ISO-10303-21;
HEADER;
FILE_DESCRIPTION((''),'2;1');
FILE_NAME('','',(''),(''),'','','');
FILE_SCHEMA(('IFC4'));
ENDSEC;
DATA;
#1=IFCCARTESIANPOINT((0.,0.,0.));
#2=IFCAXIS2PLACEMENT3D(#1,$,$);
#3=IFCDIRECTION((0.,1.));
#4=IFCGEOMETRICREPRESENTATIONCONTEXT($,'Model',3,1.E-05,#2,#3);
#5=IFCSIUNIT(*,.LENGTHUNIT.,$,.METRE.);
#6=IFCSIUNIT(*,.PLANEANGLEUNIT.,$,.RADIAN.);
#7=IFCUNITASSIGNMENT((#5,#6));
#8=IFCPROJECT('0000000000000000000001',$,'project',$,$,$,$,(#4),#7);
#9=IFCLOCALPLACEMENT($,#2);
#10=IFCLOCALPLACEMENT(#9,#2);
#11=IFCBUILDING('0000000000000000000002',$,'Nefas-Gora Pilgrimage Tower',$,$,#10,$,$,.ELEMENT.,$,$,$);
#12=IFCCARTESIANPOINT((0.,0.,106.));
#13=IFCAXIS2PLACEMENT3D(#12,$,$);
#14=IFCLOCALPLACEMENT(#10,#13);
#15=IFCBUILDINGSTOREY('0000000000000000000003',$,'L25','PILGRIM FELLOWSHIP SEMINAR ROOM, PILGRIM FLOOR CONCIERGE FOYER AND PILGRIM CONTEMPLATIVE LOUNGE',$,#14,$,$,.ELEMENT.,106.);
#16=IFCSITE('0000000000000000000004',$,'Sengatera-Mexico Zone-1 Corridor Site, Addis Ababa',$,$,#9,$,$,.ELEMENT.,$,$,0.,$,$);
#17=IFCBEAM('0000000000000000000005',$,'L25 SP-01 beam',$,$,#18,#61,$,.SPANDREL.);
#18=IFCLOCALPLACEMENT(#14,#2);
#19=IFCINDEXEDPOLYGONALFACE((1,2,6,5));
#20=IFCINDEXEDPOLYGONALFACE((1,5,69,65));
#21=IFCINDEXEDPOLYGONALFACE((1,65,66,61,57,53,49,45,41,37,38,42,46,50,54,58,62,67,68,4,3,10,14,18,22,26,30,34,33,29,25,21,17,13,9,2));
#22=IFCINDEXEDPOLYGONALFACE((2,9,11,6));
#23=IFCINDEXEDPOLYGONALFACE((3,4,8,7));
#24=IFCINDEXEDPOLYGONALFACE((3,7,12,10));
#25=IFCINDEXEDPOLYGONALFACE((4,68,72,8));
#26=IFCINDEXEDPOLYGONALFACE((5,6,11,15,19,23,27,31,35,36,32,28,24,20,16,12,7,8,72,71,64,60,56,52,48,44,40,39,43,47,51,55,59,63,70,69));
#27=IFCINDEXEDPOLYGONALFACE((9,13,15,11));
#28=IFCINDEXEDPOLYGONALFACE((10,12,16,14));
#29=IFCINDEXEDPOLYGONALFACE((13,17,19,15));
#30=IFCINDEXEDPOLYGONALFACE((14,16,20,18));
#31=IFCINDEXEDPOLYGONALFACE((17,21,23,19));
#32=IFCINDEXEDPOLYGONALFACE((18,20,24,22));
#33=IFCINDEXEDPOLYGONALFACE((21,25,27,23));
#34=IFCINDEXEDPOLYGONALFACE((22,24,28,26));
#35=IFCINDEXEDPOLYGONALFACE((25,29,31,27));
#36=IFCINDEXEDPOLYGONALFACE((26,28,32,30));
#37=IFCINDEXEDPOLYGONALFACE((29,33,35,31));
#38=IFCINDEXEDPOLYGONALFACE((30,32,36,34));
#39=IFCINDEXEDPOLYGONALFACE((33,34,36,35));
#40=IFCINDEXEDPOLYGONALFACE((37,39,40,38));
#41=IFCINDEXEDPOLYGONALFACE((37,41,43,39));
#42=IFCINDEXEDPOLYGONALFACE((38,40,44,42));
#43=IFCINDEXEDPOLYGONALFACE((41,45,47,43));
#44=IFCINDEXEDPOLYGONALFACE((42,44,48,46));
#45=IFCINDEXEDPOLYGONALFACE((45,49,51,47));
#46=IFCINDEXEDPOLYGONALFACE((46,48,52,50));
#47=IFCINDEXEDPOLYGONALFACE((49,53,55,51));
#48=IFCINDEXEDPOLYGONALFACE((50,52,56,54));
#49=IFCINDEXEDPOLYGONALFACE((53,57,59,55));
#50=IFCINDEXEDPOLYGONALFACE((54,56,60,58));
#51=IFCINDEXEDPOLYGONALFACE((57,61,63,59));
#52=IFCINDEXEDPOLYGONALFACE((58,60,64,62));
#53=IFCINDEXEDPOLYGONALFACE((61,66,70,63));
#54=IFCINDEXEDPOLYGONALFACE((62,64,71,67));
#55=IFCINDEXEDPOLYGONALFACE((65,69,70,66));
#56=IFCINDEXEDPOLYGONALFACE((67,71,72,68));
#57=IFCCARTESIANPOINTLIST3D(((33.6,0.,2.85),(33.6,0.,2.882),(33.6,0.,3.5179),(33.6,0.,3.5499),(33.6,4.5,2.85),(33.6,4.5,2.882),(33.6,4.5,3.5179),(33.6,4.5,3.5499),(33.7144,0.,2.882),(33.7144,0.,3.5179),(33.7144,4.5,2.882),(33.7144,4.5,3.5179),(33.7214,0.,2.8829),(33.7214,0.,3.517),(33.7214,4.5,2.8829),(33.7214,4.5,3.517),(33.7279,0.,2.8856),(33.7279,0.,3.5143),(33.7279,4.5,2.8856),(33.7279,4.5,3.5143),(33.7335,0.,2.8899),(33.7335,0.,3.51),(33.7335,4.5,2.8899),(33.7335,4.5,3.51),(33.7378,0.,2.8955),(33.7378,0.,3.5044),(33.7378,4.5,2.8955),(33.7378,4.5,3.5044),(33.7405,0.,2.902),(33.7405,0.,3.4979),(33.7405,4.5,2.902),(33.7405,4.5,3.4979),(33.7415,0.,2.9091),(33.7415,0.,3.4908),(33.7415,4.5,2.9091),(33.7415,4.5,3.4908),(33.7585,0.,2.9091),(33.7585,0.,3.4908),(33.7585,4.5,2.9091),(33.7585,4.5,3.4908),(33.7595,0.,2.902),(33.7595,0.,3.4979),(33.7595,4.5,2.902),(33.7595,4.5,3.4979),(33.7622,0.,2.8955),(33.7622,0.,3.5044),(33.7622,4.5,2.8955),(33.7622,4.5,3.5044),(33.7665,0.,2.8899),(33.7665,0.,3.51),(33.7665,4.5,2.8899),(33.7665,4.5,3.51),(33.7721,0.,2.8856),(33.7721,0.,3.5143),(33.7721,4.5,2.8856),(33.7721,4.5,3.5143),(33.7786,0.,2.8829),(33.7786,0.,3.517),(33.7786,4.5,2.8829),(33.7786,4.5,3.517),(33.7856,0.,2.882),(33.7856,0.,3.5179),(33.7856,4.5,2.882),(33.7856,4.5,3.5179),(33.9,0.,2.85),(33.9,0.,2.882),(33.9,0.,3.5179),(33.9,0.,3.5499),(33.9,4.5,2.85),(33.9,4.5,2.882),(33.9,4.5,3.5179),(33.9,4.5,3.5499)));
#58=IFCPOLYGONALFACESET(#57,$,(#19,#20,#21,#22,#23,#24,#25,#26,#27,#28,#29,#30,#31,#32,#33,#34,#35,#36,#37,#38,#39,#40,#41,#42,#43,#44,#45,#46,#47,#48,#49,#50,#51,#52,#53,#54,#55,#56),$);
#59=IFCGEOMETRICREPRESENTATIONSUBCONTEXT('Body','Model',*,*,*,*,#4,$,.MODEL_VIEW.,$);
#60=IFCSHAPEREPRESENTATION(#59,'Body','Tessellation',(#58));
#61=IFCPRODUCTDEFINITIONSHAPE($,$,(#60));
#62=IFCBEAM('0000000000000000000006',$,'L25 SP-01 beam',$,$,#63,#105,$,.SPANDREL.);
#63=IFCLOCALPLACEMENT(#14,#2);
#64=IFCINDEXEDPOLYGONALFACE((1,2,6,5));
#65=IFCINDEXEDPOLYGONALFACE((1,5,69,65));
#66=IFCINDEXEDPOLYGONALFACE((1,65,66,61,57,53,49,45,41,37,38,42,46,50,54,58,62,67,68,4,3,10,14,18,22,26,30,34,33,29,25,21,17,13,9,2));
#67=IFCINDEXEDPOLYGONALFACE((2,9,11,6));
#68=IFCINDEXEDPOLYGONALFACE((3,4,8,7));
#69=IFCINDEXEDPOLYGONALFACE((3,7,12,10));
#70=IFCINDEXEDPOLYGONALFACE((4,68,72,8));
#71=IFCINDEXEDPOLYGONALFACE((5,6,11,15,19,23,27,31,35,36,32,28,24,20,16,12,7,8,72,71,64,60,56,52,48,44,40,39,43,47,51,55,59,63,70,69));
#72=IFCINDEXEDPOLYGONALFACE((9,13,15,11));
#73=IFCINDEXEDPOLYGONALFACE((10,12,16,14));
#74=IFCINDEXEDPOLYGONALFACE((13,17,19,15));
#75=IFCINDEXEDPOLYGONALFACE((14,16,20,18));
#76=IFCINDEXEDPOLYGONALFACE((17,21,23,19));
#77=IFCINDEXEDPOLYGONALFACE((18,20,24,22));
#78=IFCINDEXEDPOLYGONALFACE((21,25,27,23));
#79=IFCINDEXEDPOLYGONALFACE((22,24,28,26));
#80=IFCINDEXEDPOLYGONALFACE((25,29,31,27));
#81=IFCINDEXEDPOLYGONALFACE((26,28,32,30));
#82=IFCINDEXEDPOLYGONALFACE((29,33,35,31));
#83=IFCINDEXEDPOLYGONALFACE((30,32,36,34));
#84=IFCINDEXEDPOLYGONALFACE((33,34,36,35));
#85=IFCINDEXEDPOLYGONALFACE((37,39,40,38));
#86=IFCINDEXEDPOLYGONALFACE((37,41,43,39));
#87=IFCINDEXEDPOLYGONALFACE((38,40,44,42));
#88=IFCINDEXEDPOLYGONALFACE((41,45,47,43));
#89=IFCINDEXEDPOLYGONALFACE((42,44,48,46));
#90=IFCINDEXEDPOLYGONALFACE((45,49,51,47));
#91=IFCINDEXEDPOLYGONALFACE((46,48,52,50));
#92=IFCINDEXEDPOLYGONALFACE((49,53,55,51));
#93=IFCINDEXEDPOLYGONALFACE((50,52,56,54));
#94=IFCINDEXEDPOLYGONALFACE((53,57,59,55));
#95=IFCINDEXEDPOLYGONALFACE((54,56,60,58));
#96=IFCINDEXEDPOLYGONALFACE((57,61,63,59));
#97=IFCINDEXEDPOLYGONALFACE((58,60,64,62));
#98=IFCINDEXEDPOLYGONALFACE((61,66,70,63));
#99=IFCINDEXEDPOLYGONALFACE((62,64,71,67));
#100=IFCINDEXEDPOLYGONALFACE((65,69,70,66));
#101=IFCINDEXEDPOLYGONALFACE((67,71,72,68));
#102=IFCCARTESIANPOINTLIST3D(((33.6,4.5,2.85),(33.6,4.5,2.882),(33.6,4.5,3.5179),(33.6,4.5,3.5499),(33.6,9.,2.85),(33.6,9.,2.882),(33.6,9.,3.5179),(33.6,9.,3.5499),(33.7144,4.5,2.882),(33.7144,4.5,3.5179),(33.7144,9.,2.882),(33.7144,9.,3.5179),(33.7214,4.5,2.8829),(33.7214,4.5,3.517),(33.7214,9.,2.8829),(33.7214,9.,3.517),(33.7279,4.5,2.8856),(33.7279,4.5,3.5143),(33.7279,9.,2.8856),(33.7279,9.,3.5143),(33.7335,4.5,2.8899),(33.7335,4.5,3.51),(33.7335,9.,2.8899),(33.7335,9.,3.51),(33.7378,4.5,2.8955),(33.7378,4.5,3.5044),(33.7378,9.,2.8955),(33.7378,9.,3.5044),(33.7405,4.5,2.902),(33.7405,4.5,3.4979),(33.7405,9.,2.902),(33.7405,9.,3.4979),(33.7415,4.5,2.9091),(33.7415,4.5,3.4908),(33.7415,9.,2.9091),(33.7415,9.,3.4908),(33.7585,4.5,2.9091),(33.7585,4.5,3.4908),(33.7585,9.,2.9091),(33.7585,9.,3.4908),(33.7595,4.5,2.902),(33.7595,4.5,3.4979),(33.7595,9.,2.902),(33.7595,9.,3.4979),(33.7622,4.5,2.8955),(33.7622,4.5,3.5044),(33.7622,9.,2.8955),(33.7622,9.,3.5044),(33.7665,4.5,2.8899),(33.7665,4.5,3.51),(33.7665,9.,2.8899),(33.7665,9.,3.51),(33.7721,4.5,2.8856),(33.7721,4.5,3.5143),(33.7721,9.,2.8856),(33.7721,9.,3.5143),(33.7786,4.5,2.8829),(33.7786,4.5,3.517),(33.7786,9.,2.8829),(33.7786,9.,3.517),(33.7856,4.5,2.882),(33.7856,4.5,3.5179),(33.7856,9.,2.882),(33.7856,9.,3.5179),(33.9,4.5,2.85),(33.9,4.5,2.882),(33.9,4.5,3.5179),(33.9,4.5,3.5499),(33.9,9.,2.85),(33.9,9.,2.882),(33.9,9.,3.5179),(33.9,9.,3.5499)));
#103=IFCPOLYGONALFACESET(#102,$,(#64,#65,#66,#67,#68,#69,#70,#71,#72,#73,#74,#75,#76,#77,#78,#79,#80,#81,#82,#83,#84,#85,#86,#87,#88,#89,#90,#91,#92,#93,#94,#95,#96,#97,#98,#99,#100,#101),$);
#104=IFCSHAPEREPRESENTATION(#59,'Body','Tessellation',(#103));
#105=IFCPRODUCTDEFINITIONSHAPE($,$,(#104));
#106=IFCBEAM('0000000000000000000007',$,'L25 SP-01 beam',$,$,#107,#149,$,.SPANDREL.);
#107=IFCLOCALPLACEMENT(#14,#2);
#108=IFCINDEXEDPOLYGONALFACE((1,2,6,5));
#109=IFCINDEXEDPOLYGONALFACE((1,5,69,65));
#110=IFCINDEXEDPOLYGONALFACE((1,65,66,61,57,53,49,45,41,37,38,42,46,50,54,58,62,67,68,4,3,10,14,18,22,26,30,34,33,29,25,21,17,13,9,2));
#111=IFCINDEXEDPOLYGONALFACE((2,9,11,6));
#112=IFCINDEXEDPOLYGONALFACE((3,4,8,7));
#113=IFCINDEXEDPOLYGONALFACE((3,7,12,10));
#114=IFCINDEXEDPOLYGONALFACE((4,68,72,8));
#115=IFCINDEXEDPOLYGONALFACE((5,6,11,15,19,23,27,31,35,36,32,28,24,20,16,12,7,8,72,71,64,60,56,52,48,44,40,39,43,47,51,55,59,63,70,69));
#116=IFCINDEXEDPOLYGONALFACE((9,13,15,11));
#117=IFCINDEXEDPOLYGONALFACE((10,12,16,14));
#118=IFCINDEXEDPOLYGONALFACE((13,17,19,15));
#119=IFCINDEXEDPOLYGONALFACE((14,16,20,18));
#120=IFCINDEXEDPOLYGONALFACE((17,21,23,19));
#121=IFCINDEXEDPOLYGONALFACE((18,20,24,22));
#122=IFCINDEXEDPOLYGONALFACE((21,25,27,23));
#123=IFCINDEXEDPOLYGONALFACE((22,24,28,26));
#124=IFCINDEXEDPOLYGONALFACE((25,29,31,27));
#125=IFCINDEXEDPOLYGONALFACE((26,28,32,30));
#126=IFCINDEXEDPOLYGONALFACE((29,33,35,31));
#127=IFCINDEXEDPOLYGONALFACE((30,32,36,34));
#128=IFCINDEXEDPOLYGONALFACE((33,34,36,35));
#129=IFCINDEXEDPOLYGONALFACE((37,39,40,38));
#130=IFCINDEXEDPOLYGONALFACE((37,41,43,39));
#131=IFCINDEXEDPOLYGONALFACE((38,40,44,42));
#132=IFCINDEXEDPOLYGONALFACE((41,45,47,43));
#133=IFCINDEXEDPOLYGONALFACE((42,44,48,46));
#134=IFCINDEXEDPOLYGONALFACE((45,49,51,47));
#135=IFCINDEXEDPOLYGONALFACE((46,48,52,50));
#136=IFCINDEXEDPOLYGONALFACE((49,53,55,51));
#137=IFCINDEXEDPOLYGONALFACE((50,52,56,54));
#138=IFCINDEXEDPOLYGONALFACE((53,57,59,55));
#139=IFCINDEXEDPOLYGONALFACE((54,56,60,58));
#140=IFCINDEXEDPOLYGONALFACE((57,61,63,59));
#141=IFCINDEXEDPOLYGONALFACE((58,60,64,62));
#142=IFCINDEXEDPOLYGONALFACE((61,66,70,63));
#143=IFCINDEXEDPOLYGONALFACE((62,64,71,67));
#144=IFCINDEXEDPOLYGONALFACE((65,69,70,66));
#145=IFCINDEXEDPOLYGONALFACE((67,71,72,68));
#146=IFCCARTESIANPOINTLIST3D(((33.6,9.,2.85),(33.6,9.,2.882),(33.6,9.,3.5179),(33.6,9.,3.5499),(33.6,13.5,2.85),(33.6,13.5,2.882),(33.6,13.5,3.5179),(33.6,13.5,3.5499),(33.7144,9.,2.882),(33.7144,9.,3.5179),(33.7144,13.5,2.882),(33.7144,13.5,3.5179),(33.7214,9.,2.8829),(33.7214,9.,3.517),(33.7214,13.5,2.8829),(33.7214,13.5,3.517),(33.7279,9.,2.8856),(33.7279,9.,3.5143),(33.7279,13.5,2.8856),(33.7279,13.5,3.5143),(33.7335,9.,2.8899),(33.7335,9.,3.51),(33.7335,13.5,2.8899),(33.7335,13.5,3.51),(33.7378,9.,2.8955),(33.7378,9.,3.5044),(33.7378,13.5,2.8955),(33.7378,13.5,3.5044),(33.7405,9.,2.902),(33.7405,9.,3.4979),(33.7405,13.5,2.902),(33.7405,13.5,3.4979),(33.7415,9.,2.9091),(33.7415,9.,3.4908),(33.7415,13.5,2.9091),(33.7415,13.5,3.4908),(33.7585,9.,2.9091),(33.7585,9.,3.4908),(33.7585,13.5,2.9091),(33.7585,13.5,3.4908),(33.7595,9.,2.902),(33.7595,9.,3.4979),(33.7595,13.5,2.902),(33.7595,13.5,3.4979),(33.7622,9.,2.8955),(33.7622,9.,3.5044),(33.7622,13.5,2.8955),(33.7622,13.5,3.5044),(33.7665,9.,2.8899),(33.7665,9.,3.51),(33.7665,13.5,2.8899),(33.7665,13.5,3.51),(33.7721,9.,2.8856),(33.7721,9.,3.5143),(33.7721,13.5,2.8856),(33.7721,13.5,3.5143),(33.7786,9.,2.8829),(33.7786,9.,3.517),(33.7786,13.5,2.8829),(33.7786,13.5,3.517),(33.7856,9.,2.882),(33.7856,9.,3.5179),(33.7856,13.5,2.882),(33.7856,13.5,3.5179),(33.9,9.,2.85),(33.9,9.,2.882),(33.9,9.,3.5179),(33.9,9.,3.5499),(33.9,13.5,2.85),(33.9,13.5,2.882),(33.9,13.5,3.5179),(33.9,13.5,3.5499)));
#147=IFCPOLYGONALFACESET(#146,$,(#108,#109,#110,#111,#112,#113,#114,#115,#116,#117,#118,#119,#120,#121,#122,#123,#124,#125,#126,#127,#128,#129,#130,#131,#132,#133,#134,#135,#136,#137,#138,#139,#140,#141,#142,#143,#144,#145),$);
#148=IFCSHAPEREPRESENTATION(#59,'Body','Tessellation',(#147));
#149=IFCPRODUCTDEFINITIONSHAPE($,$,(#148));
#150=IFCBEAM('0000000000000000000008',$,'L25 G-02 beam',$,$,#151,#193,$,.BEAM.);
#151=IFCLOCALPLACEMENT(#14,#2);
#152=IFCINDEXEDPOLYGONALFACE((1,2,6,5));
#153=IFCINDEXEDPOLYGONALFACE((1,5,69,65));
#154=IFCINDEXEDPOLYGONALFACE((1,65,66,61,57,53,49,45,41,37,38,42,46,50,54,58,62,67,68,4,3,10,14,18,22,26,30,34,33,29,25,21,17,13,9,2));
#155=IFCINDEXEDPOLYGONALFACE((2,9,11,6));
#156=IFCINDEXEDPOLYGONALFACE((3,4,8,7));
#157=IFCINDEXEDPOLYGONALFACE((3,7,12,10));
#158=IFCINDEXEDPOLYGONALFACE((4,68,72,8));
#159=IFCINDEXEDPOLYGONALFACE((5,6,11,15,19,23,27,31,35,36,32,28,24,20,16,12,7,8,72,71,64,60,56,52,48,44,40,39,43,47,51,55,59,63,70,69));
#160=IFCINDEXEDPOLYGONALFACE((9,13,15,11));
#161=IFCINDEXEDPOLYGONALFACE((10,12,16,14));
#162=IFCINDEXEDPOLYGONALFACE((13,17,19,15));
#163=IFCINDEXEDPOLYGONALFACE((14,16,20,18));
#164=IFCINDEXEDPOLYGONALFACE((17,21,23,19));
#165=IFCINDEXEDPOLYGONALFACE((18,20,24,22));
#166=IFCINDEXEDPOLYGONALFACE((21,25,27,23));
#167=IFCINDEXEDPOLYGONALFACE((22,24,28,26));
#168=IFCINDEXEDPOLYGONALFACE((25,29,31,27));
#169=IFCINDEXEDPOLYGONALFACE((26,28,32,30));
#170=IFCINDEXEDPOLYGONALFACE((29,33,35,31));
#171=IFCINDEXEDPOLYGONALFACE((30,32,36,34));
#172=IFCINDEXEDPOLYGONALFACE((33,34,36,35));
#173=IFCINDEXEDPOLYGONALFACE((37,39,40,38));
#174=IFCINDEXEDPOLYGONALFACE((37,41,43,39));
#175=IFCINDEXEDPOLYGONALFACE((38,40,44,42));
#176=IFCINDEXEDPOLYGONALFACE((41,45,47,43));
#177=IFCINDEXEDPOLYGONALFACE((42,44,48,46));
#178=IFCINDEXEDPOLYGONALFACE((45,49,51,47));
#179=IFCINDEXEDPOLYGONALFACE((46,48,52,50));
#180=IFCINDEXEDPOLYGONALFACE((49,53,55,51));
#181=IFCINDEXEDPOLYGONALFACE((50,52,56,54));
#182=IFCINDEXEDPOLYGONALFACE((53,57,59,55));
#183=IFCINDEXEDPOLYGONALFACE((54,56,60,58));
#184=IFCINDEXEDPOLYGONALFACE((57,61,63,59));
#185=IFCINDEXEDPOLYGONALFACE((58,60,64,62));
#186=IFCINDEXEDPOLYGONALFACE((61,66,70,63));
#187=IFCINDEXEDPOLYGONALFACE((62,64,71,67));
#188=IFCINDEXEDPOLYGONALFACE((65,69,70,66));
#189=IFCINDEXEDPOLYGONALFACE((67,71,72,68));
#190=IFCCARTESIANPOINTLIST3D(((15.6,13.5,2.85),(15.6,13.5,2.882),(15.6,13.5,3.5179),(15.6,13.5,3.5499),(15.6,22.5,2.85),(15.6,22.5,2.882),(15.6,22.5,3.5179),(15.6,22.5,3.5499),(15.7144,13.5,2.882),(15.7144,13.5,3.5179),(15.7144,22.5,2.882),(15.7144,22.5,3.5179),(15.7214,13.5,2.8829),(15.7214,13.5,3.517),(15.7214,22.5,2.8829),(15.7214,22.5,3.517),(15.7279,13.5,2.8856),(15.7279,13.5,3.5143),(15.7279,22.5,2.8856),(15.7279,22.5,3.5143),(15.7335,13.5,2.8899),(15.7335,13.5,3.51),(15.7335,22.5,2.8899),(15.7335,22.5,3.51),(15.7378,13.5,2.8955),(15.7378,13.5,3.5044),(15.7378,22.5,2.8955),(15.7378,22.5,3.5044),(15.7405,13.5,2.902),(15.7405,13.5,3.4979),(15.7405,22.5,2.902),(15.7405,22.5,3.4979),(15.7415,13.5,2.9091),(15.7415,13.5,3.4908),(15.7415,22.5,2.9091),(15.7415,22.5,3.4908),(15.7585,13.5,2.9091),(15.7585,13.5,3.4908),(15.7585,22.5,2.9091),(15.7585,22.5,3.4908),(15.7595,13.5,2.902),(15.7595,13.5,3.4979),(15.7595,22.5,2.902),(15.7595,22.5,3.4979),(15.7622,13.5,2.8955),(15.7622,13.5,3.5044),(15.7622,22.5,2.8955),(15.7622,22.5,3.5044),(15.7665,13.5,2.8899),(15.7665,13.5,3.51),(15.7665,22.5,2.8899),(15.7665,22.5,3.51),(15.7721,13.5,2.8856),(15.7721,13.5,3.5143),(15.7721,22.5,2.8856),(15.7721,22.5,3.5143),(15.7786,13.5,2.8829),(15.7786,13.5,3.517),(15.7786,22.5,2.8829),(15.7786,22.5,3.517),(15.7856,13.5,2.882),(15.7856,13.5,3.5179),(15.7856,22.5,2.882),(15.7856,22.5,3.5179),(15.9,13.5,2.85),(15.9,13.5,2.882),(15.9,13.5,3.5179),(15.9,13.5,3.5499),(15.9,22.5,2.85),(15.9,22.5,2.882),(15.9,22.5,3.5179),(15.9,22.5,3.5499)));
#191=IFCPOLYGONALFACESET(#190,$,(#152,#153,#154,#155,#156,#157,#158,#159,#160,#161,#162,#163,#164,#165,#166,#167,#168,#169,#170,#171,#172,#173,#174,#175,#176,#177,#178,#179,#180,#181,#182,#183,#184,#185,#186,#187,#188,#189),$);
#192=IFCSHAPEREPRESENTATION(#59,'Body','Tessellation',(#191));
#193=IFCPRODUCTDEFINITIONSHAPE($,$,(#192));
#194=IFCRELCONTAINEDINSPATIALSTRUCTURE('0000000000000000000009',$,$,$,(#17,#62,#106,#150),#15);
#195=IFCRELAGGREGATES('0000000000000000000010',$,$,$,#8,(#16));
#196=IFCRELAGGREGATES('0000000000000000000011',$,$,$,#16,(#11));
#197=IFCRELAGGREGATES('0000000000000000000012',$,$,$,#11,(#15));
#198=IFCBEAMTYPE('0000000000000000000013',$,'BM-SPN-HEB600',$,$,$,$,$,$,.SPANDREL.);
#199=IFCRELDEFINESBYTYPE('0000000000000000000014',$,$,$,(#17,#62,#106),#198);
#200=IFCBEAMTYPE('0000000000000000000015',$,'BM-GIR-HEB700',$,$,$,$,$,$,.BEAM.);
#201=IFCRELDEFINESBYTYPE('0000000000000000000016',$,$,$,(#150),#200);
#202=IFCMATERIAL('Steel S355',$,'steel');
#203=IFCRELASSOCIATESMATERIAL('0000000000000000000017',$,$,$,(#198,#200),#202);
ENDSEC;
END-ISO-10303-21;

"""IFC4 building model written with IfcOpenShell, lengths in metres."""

from ifc_helpers import new_model, si_unit, direction, frame, origin, origin_2d, place, context, subcontext, project, spatial, i_section, extrude, source, transform, mapped, material, material_profile, profile_set, type_object, element, save


model = new_model("IFC4")

# Units and contexts
model_context = context("Model", 3, precision=1e-05, world=origin(), true_north=direction((0.0, 1.0)))
body_context = subcontext(model_context, "Body", "Model", "MODEL_VIEW")
ifc_project = project(units=[si_unit("LENGTHUNIT", "METRE"), si_unit("PLANEANGLEUNIT", "RADIAN")], contexts=[model_context])

# Site, building, storey
site_placement = place(None, origin())
site = spatial("IfcSite", under=ifc_project, at=site_placement, Name="Sengatera-Mexico Zone-1 Corridor Site, Addis Ababa", CompositionType="ELEMENT", RefElevation=0.0)
building_placement = place(site_placement, origin())
building = spatial("IfcBuilding", under=site, at=building_placement, Name="Nefas-Gora Pilgrimage Tower", CompositionType="ELEMENT")
storey_placement = place(building_placement, frame((0.0, 0.0, 106.0)))
storey = spatial("IfcBuildingStorey", under=building, at=storey_placement, Name="L25", Description="PILGRIM FELLOWSHIP SEMINAR ROOM, PILGRIM FLOOR CONCIERGE FOYER AND PILGRIM CONTEMPLATIVE LOUNGE", CompositionType="ELEMENT", Elevation=106.0)

# Beams
ifc_material_1 = material(Name="Steel S355", Category="steel")
ifc_material_profile_1 = material_profile(ifc_material_1, i_section(OverallWidth=0.3, OverallDepth=0.7, WebThickness=0.0171, FlangeThickness=0.032, FilletRadius=0.0271, at=origin_2d()), Name="HEB 700")
ifc_profile_set_1 = profile_set([ifc_material_profile_1], Name="Steel S355")
beam_type_1 = type_object("IfcBeamType", Name="BM-SPN-HEB600", PredefinedType="SPANDREL", material=ifc_profile_set_1)
shared_shape_1 = source(origin(), body_context, "Body", "SweptSolid", [
    extrude(i_section(OverallWidth=0.3, OverallDepth=0.7, WebThickness=0.0171, FlangeThickness=0.032, FilletRadius=0.0271, at=origin_2d()), origin(), (0.0, 0.0, 1.0), 4.5),
])
for number, where, z_axis, x_axis, name in (
    (1, (33.75, 0.0, 3.2), (0.0, 1.0, 0.0), (-1.0, 0.0, 0.0), "L25 SP-01 beam"),
    (2, (33.75, 4.5, 3.2), (0.0, 1.0, 0.0), (-1.0, 0.0, 0.0), "L25 SP-01 beam"),
    (3, (33.75, 9.0, 3.2), (0.0, 1.0, 0.0), (-1.0, 0.0, 0.0), "L25 SP-01 beam"),
):
    element("IfcBeam", number, at=place(storey_placement, frame(where, z_axis=z_axis, x_axis=x_axis)), inside=storey, type_object=beam_type_1, Name=name, PredefinedType="SPANDREL", context=body_context, shape_type="MappedRepresentation", body=[
        mapped(shared_shape_1, transform((0.0, 0.0, 0.0), x_axis=(1.0, 0.0, 0.0), y_axis=(0.0, 1.0, 0.0), z_axis=(0.0, 0.0, 1.0), scale=1.0)),
    ])
ifc_material_profile_2 = material_profile(ifc_material_1, i_section(OverallWidth=0.3, OverallDepth=0.7, WebThickness=0.0171, FlangeThickness=0.032, FilletRadius=0.0271, at=origin_2d()), Name="HEB 700")
ifc_profile_set_2 = profile_set([ifc_material_profile_2], Name="Steel S355")
beam_type_2 = type_object("IfcBeamType", Name="BM-GIR-HEB700", PredefinedType="BEAM", material=ifc_profile_set_2)
shared_shape_2 = source(origin(), body_context, "Body", "SweptSolid", [
    extrude(i_section(OverallWidth=0.3, OverallDepth=0.7, WebThickness=0.0171, FlangeThickness=0.032, FilletRadius=0.0271, at=origin_2d()), origin(), (0.0, 0.0, 1.0), 9.0),
])
for number, where, z_axis, x_axis, name in (
    (4, (15.75, 13.5, 3.2), (0.0, 1.0, 0.0), (-1.0, 0.0, 0.0), "L25 G-02 beam"),
):
    element("IfcBeam", number, at=place(storey_placement, frame(where, z_axis=z_axis, x_axis=x_axis)), inside=storey, type_object=beam_type_2, Name=name, PredefinedType="BEAM", context=body_context, shape_type="MappedRepresentation", body=[
        mapped(shared_shape_2, transform((0.0, 0.0, 0.0), x_axis=(1.0, 0.0, 0.0), y_axis=(0.0, 1.0, 0.0), z_axis=(0.0, 0.0, 1.0), scale=1.0)),
    ])

save(model, "model.ifc")
